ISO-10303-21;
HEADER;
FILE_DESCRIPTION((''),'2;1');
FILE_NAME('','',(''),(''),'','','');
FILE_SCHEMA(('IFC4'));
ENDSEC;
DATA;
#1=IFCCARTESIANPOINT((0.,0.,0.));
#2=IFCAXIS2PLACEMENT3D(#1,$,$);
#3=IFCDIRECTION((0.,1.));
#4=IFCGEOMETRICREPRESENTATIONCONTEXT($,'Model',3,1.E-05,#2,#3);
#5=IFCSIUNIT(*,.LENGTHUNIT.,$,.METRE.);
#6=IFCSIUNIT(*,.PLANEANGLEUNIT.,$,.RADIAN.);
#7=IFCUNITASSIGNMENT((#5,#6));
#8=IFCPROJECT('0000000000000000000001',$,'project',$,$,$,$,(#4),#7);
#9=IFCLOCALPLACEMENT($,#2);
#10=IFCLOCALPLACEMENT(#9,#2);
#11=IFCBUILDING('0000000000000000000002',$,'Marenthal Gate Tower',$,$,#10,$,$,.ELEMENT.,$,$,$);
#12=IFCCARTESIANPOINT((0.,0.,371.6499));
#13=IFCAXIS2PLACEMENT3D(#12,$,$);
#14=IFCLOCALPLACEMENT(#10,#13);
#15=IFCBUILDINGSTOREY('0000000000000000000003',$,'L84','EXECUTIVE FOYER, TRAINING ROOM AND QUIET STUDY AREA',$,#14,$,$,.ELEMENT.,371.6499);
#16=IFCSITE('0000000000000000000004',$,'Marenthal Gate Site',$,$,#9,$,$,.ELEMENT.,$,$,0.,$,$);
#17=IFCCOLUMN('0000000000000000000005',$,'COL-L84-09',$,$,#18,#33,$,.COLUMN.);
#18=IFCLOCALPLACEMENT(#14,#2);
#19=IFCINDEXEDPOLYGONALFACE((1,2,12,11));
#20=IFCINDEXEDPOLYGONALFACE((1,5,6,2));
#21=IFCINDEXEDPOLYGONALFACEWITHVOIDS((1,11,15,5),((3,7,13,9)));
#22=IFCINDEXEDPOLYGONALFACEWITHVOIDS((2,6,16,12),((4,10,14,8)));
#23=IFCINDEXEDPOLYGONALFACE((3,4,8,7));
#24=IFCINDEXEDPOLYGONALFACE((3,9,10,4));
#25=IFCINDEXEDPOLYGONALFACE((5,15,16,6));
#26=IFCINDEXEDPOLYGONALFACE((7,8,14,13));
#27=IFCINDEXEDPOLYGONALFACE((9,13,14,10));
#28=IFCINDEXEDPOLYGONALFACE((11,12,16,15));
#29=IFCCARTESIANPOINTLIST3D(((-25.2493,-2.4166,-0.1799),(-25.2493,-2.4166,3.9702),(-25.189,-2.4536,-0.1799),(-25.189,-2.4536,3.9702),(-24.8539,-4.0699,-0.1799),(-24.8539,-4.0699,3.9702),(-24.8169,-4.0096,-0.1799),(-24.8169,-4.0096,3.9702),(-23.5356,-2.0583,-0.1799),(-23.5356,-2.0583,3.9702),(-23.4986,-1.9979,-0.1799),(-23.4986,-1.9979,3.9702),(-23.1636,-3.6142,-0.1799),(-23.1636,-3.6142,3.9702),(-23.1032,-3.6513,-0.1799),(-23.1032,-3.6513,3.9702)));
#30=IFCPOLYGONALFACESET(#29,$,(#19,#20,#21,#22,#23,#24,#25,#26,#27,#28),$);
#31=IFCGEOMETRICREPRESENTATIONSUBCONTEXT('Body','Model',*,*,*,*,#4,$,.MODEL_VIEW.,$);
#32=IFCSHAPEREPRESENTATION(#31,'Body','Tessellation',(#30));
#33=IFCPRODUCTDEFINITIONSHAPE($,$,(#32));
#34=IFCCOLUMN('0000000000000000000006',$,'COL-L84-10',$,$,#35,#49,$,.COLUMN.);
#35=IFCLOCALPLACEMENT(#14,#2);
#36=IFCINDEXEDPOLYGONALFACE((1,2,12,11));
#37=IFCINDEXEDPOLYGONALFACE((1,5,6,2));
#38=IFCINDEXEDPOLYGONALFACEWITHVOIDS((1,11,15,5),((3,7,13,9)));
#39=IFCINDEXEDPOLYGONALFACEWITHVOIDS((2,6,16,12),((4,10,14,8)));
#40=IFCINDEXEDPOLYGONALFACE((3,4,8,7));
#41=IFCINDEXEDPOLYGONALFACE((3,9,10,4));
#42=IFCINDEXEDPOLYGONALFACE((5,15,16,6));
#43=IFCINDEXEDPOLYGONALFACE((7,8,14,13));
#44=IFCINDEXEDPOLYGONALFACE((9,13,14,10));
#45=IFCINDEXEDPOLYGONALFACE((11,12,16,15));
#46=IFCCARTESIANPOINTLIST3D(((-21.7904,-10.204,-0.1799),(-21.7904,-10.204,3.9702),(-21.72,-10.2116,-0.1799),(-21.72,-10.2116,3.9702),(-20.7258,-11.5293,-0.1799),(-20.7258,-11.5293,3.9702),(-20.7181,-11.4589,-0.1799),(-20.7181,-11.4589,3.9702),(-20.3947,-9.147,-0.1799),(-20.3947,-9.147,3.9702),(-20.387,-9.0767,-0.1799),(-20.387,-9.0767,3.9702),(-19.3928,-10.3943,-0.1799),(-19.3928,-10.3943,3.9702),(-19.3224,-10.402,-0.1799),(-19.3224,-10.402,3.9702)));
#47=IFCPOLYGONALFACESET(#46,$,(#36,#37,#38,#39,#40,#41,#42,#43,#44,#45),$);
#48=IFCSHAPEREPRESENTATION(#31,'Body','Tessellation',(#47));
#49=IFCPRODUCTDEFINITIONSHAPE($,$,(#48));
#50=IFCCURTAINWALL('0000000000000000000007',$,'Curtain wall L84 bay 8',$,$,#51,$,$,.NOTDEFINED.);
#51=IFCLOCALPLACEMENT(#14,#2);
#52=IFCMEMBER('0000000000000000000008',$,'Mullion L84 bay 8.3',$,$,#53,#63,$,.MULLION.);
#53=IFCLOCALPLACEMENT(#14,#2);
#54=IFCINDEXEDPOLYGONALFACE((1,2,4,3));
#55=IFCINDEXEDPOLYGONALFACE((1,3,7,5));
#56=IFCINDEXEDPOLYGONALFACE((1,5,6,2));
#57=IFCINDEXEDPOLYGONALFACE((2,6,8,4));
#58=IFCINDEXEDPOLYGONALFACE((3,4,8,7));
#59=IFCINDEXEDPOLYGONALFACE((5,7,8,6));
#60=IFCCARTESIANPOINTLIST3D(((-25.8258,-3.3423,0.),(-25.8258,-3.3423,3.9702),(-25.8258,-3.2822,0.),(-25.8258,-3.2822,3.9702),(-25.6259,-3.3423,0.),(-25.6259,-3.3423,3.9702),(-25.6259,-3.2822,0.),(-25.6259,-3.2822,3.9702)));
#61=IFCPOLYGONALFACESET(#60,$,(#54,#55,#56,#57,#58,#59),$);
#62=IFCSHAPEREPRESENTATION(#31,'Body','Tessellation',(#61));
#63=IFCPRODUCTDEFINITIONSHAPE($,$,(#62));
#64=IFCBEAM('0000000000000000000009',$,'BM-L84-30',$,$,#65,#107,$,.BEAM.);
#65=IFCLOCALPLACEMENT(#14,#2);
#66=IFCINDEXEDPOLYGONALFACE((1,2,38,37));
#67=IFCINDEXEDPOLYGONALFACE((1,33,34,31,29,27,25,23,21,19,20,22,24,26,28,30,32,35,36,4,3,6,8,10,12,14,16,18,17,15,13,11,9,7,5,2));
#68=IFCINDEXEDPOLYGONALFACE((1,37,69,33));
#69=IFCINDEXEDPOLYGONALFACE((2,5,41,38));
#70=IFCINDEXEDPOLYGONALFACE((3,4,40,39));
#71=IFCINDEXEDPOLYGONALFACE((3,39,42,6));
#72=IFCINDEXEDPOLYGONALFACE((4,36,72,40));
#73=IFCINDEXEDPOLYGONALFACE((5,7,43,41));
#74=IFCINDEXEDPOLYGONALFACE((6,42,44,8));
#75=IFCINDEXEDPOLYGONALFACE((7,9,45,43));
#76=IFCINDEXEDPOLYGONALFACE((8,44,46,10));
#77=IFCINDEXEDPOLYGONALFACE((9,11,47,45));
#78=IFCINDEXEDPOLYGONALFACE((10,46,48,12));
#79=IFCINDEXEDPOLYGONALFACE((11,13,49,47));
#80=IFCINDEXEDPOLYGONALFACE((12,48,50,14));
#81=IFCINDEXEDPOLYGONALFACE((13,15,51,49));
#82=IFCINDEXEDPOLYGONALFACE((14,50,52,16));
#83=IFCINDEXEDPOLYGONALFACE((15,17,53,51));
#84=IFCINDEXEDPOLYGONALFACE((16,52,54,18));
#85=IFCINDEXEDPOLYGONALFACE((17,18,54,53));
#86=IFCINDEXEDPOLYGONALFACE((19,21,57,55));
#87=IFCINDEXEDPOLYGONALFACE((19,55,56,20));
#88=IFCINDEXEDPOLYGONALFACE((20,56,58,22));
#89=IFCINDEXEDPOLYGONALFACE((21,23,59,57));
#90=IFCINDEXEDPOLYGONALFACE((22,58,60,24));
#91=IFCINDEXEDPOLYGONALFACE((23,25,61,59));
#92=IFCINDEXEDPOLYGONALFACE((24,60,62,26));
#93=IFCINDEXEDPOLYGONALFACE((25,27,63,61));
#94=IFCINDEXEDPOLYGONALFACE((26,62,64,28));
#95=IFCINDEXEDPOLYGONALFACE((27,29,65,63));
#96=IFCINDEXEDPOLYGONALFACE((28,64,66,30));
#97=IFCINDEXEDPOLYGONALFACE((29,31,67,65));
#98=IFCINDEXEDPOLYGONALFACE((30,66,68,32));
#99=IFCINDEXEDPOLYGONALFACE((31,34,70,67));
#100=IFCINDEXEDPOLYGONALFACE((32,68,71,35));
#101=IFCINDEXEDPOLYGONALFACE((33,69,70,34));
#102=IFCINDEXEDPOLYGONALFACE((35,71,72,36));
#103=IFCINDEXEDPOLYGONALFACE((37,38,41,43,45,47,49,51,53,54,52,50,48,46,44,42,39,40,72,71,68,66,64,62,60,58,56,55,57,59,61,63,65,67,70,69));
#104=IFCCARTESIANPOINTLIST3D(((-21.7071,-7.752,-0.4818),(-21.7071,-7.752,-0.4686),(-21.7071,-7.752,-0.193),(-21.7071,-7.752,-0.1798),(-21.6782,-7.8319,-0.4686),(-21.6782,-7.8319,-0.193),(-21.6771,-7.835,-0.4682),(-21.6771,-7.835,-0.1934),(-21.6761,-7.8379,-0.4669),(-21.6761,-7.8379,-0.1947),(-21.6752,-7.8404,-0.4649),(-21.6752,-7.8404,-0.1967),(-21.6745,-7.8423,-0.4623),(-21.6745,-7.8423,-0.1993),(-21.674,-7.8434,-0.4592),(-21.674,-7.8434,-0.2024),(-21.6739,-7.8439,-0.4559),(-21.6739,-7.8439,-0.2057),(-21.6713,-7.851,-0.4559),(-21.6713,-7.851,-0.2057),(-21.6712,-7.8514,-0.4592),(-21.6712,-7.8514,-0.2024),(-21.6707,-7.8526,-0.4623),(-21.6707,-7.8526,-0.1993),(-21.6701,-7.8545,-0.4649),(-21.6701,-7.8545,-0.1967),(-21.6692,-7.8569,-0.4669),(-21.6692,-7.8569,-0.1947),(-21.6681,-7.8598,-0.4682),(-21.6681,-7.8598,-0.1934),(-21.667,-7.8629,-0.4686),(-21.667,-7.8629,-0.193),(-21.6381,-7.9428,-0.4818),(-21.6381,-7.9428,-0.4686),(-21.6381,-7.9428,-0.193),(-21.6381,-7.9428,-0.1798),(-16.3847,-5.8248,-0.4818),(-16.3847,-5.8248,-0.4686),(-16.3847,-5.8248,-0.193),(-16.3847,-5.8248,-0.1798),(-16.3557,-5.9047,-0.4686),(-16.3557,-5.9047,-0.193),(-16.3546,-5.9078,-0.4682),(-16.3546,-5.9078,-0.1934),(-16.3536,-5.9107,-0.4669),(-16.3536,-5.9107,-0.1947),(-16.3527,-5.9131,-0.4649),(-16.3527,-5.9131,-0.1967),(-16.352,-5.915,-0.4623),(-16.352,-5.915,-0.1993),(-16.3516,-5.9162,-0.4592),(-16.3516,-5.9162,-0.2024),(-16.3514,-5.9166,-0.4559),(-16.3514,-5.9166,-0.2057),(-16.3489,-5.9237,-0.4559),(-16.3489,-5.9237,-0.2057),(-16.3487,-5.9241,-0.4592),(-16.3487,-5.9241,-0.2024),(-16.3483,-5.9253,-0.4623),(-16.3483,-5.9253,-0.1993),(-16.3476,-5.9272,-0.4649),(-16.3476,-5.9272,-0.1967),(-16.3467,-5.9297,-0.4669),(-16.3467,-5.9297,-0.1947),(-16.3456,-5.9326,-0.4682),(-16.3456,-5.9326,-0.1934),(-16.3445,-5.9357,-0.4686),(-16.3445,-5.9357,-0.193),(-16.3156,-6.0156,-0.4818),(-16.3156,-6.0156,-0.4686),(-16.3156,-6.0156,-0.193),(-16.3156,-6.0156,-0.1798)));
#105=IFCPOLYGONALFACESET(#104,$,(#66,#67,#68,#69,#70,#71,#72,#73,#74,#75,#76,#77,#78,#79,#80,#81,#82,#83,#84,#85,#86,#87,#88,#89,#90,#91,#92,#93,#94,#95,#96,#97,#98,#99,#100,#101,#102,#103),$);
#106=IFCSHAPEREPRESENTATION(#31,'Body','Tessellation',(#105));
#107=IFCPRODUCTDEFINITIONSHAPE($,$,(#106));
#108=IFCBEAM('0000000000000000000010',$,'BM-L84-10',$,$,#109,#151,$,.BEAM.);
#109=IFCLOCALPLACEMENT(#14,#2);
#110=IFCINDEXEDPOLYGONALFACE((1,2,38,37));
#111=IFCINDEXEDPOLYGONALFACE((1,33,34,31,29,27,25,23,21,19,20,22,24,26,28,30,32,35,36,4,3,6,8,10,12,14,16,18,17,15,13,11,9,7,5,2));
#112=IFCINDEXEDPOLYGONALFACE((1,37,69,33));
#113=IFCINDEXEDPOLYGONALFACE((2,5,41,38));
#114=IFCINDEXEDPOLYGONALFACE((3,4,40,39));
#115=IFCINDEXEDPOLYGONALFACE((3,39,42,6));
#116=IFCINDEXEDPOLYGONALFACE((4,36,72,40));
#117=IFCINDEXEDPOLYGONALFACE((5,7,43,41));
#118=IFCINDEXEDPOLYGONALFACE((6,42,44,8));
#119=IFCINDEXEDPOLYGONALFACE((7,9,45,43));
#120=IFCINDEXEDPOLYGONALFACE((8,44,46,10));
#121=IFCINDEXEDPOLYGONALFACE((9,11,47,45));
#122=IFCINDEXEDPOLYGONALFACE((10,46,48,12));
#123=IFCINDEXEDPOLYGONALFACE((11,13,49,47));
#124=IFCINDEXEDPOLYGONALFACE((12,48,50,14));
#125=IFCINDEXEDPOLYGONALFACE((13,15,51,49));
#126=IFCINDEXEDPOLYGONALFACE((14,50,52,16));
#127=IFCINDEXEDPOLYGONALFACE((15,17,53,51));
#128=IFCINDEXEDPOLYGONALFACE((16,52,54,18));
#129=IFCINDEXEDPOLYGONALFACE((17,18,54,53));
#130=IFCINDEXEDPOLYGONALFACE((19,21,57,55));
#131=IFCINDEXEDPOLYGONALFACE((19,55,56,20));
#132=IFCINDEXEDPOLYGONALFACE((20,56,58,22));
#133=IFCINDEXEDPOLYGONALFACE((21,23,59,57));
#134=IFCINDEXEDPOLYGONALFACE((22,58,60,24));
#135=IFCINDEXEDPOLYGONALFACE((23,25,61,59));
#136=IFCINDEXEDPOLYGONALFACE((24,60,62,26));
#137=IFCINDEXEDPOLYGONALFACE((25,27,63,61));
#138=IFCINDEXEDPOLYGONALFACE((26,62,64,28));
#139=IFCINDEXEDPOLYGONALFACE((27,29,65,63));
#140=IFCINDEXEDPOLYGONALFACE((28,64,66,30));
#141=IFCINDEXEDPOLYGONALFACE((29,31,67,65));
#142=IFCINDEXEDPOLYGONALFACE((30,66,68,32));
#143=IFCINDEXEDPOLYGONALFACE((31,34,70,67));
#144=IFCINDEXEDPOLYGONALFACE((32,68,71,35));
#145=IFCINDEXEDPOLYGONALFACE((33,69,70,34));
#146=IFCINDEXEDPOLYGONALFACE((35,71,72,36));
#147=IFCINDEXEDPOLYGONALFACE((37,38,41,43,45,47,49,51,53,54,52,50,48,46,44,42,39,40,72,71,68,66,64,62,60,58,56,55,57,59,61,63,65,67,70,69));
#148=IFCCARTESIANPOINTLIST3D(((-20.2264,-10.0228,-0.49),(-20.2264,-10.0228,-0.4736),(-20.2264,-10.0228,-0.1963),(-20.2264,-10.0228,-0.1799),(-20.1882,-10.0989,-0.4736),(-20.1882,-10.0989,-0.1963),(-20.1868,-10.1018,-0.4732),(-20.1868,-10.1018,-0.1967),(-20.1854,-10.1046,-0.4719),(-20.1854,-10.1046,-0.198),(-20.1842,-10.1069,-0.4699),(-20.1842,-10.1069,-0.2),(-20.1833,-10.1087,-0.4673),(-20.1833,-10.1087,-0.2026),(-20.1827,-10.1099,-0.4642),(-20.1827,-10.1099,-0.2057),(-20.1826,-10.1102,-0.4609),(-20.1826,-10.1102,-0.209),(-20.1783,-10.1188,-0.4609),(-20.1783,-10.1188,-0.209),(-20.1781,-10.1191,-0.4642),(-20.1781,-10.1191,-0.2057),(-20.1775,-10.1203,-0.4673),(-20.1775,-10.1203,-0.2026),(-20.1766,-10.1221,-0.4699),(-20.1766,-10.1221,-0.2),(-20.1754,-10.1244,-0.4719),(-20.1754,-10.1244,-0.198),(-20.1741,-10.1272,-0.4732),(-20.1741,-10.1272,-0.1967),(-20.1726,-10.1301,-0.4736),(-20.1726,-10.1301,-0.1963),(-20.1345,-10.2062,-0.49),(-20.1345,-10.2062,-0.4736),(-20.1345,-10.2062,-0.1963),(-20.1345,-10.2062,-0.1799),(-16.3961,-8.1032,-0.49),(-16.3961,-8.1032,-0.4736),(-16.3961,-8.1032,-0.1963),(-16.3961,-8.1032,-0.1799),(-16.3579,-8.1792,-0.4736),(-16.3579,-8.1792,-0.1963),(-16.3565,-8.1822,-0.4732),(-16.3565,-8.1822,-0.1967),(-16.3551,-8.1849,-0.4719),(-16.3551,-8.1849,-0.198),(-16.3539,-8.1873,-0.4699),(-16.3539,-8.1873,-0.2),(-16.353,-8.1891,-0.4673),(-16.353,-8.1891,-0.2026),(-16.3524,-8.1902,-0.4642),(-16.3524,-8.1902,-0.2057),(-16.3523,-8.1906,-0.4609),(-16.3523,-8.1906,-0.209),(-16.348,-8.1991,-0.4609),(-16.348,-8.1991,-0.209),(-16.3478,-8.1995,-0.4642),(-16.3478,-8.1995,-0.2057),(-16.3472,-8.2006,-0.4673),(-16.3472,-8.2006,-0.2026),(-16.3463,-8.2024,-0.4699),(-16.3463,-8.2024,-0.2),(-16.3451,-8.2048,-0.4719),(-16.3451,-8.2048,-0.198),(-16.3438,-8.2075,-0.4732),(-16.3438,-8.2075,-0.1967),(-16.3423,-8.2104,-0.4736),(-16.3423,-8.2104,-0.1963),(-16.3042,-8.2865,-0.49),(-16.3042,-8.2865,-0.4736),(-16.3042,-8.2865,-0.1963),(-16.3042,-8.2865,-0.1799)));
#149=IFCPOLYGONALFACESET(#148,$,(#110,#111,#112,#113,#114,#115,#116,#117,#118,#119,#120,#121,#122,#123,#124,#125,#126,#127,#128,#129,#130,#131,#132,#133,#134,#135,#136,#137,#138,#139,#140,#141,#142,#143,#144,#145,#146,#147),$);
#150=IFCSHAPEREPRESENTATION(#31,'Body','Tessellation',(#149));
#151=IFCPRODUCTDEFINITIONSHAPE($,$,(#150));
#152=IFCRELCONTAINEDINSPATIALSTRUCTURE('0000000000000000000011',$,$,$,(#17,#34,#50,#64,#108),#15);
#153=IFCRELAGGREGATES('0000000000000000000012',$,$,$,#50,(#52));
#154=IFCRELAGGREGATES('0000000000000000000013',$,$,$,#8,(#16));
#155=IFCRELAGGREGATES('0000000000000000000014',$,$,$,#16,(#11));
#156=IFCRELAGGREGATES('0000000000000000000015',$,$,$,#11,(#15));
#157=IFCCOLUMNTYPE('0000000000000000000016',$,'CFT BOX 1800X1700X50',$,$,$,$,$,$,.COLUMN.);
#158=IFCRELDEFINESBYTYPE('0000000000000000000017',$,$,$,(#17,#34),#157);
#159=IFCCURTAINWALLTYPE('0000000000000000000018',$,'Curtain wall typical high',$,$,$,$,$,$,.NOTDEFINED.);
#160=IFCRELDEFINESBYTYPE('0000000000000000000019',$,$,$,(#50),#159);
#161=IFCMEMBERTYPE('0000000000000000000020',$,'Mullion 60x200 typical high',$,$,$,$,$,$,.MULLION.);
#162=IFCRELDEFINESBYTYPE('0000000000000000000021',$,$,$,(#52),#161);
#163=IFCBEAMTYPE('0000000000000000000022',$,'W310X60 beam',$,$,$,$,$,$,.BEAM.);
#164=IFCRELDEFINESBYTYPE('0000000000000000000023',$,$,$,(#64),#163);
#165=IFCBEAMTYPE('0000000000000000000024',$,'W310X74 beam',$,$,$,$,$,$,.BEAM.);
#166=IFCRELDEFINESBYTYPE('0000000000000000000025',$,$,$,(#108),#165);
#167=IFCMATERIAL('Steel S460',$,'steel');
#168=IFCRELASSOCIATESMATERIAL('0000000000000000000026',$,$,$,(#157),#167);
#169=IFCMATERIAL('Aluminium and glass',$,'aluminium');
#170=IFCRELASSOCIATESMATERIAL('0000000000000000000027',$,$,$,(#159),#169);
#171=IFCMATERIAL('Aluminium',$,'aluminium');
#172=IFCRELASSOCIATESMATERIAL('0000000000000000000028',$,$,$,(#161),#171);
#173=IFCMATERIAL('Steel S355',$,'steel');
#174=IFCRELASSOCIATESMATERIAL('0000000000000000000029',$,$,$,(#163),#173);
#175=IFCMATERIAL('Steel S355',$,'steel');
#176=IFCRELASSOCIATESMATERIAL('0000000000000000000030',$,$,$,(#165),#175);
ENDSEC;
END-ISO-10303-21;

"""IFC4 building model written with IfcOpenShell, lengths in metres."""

from ifc_helpers import new_model, si_unit, direction, frame, origin, origin_2d, place, context, subcontext, project, spatial, rectangle, hollow_rectangle, i_section, extrude, material, material_profile, profile_set, type_object, element, aggregate, save


model = new_model("IFC4")

# Units and contexts
model_context = context("Model", 3, precision=1e-05, world=origin(), true_north=direction((0.0, 1.0)))
body_context = subcontext(model_context, "Body", "Model", "MODEL_VIEW")
ifc_project = project(units=[si_unit("LENGTHUNIT", "METRE"), si_unit("PLANEANGLEUNIT", "RADIAN")], contexts=[model_context])

# Site, building, storey
site_placement = place(None, origin())
site = spatial("IfcSite", under=ifc_project, at=site_placement, Name="Marenthal Gate Site", CompositionType="ELEMENT", RefElevation=0.0)
building_placement = place(site_placement, origin())
building = spatial("IfcBuilding", under=site, at=building_placement, Name="Marenthal Gate Tower", CompositionType="ELEMENT")
storey_placement = place(building_placement, frame((0.0, 0.0, 371.6499)))
storey = spatial("IfcBuildingStorey", under=building, at=storey_placement, Name="L84", Description="EXECUTIVE FOYER, TRAINING ROOM AND QUIET STUDY AREA", CompositionType="ELEMENT", Elevation=371.6499)

# Columns
ifc_material_1 = material(Name="Steel S460", Category="steel")
ifc_material_profile_1 = material_profile(ifc_material_1, hollow_rectangle(XDim=1.7, YDim=1.8, WallThickness=0.05, at=origin_2d()), Name="CFT BOX 1800X1700X50")
ifc_material_2 = material(Name="Concrete 70 MPa", Category="concrete")
ifc_material_profile_2 = material_profile(ifc_material_2, rectangle(XDim=1.6001, YDim=1.7, at=origin_2d()), Name="CFT BOX 1800X1700X50 INFILL")
ifc_profile_set_1 = profile_set([ifc_material_profile_1, ifc_material_profile_2], Name="Steel S460 shell, Concrete 70 MPa infill")
column_type = type_object("IfcColumnType", Name="CFT BOX 1800X1700X50", PredefinedType="COLUMN", material=ifc_profile_set_1)
for number, where, z_axis, x_axis, name in (
    (1, (-24.1763, -3.0339, -0.1799), (0.0, 0.0, 1.0), (-0.232571, 0.972579, 0.0), "COL-L84-09"),
    (2, (-20.5564, -10.303, -0.1799), (0.0, 0.0, 1.0), (-0.626249, 0.779623, 0.0), "COL-L84-10"),
):
    element("IfcColumn", number, at=place(storey_placement, frame(where, z_axis=z_axis, x_axis=x_axis)), inside=storey, type_object=column_type, Name=name, PredefinedType="COLUMN", context=body_context, shape_type="SweptSolid", body=[
        extrude(hollow_rectangle(XDim=1.7, YDim=1.8, WallThickness=0.05, at=origin_2d()), origin(), (0.0, 0.0, 1.0), 4.1501),
    ])

# Curtain wall, member
ifc_material_3 = material(Name="Aluminium and glass", Category="aluminium")
curtain_wall_type = type_object("IfcCurtainWallType", Name="Curtain wall typical high", PredefinedType="NOTDEFINED", material=ifc_material_3)
curtain_wall_placement = place(storey_placement, origin())
curtain_wall = element("IfcCurtainWall", 3, at=curtain_wall_placement, inside=storey, type_object=curtain_wall_type, Name="Curtain wall L84 bay 8", PredefinedType="NOTDEFINED")
ifc_material_4 = material(Name="Aluminium", Category="aluminium")
ifc_material_profile_3 = material_profile(ifc_material_4, rectangle(XDim=0.2, YDim=0.0601, at=origin_2d()), Name="60x200 aluminium mullion")
ifc_profile_set_2 = profile_set([ifc_material_profile_3], Name="Aluminium")
member_type = type_object("IfcMemberType", Name="Mullion 60x200 typical high", PredefinedType="MULLION", material=ifc_profile_set_2)
member_placement = place(storey_placement, frame((-25.7258, -3.3123, 0.0), z_axis=(0.0, 0.0, 1.0), x_axis=(1.0, 0.0, 0.0)))
member = element("IfcMember", 4, at=member_placement, type_object=member_type, Name="Mullion L84 bay 8.3", PredefinedType="MULLION", context=body_context, shape_type="SweptSolid", body=[
    extrude(rectangle(XDim=0.2, YDim=0.0601, at=origin_2d()), origin(), (0.0, 0.0, 1.0), 3.9702),
])

# Beams
ifc_material_5 = material(Name="Steel S355", Category="steel")
ifc_material_profile_4 = material_profile(ifc_material_5, i_section(OverallWidth=0.2029, OverallDepth=0.302, WebThickness=0.0076, FlangeThickness=0.0132, FilletRadius=0.0127, at=origin_2d()), Name="W310X60")
ifc_profile_set_3 = profile_set([ifc_material_profile_4], Name="Steel S355")
beam_type_1 = type_object("IfcBeamType", Name="W310X60 beam", PredefinedType="BEAM", material=ifc_profile_set_3)
beam_1_placement = place(storey_placement, frame((-21.6726, -7.8474, -0.3308), z_axis=(0.940258, 0.340461, 0.0), x_axis=(-0.340461, 0.940258, 0.0)))
element("IfcBeam", 5, at=beam_1_placement, inside=storey, type_object=beam_type_1, Name="BM-L84-30", PredefinedType="BEAM", context=body_context, shape_type="SweptSolid", body=[
    extrude(i_section(OverallWidth=0.2029, OverallDepth=0.302, WebThickness=0.0076, FlangeThickness=0.0132, FilletRadius=0.0127, at=origin_2d()), origin(), (0.0, 0.0, 1.0), 5.6606),
])
ifc_material_6 = material(Name="Steel S355", Category="steel")
ifc_material_profile_5 = material_profile(ifc_material_6, i_section(OverallWidth=0.2051, OverallDepth=0.3101, WebThickness=0.0095, FlangeThickness=0.0164, FilletRadius=0.0127, at=origin_2d()), Name="W310X74")
ifc_profile_set_4 = profile_set([ifc_material_profile_5], Name="Steel S355")
beam_type_2 = type_object("IfcBeamType", Name="W310X74 beam", PredefinedType="BEAM", material=ifc_profile_set_4)
beam_2_placement = place(storey_placement, frame((-20.1804, -10.1145, -0.335), z_axis=(0.894005, 0.448057, 0.0), x_axis=(-0.448057, 0.894005, 0.0)))
element("IfcBeam", 6, at=beam_2_placement, inside=storey, type_object=beam_type_2, Name="BM-L84-10", PredefinedType="BEAM", context=body_context, shape_type="SweptSolid", body=[
    extrude(i_section(OverallWidth=0.2051, OverallDepth=0.3101, WebThickness=0.0095, FlangeThickness=0.0164, FilletRadius=0.0127, at=origin_2d()), origin(), (0.0, 0.0, 1.0), 4.2844),
])

aggregate(curtain_wall, [member])

save(model, "model.ifc")
